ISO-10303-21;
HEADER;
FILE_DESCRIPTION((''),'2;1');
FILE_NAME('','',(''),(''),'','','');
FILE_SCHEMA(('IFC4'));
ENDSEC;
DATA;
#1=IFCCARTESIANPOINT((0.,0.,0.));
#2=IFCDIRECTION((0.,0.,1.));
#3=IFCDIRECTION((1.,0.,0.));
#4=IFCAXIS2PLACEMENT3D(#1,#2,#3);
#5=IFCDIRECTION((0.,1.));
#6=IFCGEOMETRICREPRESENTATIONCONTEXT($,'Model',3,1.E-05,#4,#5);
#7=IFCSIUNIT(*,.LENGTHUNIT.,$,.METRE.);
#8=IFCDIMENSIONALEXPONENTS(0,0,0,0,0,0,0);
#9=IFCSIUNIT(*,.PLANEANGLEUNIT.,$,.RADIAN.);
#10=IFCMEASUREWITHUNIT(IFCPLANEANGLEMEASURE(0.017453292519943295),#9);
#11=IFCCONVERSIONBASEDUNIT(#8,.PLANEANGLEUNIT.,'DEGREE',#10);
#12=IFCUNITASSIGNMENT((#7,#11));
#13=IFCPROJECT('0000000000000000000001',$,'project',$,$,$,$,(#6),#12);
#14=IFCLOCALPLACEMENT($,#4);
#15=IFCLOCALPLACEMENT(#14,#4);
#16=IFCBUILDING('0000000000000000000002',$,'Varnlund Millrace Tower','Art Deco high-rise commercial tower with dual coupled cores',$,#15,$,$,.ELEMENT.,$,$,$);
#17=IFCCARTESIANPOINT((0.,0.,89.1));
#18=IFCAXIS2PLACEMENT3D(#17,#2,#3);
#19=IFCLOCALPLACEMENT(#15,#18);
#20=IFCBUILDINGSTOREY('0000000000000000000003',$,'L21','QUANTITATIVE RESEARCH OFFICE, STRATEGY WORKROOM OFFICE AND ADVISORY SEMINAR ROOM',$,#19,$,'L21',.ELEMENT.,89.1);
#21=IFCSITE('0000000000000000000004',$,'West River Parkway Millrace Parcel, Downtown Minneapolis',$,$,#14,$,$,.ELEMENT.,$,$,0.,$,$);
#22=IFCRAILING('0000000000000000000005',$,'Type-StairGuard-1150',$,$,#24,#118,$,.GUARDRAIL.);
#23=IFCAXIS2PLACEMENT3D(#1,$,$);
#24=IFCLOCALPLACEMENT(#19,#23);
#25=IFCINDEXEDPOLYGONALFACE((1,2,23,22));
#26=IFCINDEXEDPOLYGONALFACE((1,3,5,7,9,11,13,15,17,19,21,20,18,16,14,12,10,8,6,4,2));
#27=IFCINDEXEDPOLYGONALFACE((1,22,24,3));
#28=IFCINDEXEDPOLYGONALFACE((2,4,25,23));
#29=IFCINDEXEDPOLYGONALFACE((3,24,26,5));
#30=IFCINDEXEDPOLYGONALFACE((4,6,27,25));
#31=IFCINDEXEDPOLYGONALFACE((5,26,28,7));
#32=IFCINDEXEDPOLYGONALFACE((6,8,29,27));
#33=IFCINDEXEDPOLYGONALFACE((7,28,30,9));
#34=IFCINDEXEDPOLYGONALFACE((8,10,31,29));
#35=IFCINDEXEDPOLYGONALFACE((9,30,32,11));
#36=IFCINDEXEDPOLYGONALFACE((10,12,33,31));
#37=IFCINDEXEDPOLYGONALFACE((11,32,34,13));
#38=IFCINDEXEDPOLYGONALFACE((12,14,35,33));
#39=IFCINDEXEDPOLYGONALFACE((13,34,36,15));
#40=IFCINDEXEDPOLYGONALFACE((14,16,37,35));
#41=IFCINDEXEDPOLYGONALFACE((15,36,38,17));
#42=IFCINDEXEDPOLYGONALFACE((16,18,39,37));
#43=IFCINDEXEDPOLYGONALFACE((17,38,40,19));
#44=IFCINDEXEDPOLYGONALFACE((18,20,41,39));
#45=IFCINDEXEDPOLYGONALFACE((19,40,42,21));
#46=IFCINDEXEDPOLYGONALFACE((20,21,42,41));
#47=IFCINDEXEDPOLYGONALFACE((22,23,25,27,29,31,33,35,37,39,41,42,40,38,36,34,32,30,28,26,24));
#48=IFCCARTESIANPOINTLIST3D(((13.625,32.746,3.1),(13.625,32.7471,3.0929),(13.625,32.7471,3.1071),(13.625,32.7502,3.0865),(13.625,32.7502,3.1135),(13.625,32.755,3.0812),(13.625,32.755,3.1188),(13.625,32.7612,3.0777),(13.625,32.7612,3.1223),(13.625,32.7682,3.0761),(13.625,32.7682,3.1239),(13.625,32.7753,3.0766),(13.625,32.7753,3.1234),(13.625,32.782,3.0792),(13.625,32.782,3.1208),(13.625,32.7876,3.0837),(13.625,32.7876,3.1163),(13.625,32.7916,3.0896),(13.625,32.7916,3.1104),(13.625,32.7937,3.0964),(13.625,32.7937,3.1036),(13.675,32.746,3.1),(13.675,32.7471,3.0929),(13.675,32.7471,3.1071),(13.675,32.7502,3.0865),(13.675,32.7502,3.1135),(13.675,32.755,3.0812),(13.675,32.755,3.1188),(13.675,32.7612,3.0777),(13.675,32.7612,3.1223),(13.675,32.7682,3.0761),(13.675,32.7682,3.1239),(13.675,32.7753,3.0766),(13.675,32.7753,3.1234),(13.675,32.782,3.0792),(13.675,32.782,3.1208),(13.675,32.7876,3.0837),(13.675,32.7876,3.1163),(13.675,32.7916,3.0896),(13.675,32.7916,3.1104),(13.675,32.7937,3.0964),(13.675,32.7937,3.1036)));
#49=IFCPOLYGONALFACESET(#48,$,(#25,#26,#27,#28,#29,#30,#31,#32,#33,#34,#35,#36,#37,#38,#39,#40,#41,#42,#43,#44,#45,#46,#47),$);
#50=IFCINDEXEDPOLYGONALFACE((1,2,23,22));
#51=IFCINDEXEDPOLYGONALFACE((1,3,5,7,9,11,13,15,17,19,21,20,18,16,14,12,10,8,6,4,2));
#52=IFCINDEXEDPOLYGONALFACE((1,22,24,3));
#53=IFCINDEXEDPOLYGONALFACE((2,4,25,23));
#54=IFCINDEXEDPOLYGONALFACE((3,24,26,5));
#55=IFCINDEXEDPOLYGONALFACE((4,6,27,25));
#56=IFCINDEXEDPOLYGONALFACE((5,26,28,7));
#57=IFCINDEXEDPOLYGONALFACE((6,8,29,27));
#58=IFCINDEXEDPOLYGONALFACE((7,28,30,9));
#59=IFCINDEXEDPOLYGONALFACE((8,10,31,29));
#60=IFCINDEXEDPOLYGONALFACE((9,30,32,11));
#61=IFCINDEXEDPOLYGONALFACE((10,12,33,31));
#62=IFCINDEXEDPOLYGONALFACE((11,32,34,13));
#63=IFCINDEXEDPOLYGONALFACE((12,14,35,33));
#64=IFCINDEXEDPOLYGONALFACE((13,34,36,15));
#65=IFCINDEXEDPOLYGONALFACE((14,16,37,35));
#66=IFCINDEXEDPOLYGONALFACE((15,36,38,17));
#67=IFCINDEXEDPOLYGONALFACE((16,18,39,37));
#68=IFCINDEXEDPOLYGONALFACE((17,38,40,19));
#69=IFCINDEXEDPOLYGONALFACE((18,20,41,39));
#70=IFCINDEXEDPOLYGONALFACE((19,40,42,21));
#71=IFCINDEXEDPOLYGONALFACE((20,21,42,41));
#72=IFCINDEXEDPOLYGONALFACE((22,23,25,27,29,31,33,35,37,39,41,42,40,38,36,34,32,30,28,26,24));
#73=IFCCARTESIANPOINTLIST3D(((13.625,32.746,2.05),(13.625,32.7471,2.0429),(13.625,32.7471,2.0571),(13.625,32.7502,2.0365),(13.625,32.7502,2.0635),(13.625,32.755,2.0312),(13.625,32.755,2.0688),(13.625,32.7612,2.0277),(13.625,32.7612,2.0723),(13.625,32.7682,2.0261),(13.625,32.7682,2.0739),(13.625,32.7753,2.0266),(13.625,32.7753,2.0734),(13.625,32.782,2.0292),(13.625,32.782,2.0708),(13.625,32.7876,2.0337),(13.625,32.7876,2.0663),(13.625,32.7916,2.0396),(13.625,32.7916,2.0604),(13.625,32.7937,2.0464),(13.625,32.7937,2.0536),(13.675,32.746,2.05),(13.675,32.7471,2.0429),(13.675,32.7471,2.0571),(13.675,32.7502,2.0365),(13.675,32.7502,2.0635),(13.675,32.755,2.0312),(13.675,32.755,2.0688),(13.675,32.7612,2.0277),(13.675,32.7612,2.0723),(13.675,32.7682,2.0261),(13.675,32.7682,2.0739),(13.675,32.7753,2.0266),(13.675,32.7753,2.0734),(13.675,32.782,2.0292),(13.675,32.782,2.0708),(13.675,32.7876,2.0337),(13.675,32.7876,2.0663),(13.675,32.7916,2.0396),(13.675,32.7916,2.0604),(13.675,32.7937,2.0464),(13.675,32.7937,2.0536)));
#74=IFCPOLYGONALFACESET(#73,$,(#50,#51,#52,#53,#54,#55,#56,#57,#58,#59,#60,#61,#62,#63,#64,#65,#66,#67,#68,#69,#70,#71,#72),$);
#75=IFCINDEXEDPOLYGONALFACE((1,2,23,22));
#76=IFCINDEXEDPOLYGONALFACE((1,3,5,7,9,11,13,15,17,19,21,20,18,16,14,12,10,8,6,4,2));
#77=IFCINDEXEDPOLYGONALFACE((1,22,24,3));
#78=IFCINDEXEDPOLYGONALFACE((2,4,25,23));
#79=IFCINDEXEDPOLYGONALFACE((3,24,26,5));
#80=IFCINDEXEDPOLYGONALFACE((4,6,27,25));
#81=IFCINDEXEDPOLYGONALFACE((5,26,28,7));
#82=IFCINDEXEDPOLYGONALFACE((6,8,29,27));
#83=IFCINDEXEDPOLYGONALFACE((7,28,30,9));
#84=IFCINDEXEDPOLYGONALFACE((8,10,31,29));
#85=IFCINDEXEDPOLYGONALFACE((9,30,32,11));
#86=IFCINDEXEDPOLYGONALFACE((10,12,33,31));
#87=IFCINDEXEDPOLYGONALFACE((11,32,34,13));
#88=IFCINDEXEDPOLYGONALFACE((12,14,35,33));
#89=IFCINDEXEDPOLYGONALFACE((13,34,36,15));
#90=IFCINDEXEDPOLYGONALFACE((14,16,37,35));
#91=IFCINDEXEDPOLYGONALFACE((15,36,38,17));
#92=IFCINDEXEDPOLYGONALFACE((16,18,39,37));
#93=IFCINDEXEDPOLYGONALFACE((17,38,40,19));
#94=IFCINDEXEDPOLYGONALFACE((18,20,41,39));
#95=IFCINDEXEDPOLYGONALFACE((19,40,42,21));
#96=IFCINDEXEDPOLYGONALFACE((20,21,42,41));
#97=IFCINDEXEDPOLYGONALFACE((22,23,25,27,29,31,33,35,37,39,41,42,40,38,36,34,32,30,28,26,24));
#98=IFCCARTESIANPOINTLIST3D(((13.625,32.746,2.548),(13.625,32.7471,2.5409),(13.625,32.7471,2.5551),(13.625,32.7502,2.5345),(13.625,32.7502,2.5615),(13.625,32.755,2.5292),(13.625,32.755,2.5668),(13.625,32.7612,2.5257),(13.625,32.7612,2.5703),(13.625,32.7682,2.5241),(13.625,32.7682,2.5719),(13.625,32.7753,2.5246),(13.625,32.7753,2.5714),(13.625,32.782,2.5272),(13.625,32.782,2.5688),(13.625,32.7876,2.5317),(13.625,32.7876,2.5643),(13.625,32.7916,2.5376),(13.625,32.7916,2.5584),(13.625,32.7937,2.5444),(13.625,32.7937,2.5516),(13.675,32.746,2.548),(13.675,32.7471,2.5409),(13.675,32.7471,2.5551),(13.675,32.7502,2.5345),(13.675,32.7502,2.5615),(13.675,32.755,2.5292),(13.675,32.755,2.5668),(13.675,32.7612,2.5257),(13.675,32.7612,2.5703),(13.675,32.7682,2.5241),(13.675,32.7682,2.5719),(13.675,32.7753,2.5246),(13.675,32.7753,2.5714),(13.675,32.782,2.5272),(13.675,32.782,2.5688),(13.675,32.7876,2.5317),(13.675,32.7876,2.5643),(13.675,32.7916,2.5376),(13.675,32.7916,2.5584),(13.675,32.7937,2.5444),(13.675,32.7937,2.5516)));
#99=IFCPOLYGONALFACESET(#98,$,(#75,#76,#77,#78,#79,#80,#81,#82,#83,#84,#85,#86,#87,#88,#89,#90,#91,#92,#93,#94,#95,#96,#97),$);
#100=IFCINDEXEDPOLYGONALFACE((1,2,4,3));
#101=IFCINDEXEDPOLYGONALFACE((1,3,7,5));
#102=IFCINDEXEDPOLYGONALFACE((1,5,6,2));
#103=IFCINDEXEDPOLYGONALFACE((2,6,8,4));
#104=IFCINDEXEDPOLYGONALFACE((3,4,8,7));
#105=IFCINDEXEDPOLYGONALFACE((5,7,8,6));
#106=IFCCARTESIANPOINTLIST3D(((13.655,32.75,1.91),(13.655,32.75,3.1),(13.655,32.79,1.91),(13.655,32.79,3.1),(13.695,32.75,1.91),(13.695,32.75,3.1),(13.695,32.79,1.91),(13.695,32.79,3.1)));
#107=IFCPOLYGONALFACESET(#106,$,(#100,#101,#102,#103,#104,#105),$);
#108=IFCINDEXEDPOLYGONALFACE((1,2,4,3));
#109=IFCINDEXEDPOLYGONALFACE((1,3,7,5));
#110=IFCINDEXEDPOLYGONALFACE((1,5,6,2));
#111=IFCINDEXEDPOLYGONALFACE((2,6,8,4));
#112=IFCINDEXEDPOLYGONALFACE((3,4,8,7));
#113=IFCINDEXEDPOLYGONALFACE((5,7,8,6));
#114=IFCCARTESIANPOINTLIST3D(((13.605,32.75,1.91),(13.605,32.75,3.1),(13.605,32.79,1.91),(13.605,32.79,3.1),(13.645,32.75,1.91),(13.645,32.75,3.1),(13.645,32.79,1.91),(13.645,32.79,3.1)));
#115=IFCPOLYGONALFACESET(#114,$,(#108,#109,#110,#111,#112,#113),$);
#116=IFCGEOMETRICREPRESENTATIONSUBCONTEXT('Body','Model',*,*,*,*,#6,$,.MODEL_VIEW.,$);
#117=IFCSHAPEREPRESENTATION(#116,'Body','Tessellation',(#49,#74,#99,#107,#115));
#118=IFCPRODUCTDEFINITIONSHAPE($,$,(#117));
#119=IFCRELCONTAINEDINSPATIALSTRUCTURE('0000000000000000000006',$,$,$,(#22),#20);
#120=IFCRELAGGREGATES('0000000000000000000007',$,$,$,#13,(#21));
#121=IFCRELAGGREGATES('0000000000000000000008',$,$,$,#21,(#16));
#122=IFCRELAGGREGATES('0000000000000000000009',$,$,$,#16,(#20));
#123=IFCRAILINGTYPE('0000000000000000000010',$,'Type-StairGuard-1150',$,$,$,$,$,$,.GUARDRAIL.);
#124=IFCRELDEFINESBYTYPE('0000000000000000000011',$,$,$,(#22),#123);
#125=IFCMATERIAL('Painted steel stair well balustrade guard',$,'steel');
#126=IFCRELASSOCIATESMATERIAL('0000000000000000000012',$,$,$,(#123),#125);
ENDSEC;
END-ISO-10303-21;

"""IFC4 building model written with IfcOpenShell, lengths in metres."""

from ifc_helpers import new_model, entity, si_unit, converted_unit, direction, frame, origin_with_axes, origin_2d_with_axis, place, context, subcontext, project, spatial, rectangle, circle, extrude, material, type_object, element, save


model = new_model("IFC4")

# Units and contexts
model_context = context("Model", 3, precision=1e-05, world=origin_with_axes(), true_north=direction((0.0, 1.0)))
body_context = subcontext(model_context, "Body", "Model", "MODEL_VIEW")
ifc_project = project(units=[si_unit("LENGTHUNIT", "METRE"), converted_unit("PLANEANGLEUNIT", "DEGREE", entity("IfcPlaneAngleMeasure", 0.017453292519943295), si_unit("PLANEANGLEUNIT", "RADIAN"), dimensions=[0, 0, 0, 0, 0, 0, 0])], contexts=[model_context])

# Site, building, storey
site_placement = place(None, origin_with_axes())
site = spatial("IfcSite", under=ifc_project, at=site_placement, Name="West River Parkway Millrace Parcel, Downtown Minneapolis", CompositionType="ELEMENT", RefElevation=0.0)
building_placement = place(site_placement, origin_with_axes())
building = spatial("IfcBuilding", under=site, at=building_placement, Name="Varnlund Millrace Tower", Description="Art Deco high-rise commercial tower with dual coupled cores", CompositionType="ELEMENT")
storey_placement = place(building_placement, frame((0.0, 0.0, 89.1), z_axis=(0.0, 0.0, 1.0), x_axis=(1.0, 0.0, 0.0)))
storey = spatial("IfcBuildingStorey", under=building, at=storey_placement, Name="L21", Description="QUANTITATIVE RESEARCH OFFICE, STRATEGY WORKROOM OFFICE AND ADVISORY SEMINAR ROOM", LongName="L21", CompositionType="ELEMENT", Elevation=89.1)

# Railing
ifc_material_1 = material(Name="Painted steel stair well balustrade guard", Category="steel")
railing_type_1 = type_object("IfcRailingType", Name="Type-StairGuard-1150", PredefinedType="GUARDRAIL", material=ifc_material_1)
railing_1_placement = place(storey_placement, frame((0.0, 0.0, -89.1), z_axis=(0.0, 0.0, 1.0), x_axis=(1.0, 0.0, 0.0)))
element("IfcRailing", 1, at=railing_1_placement, inside=storey, type_object=railing_type_1, Name="Type-StairGuard-1150", PredefinedType="GUARDRAIL", context=body_context, shape_type="SweptSolid", body=[
    extrude(circle(Radius=0.024, at=origin_2d_with_axis()), frame((13.675, 32.77, 92.2), z_axis=(-1.0, 0.0, 0.0), x_axis=(0.0, -1.0, 0.0)), (0.0, 0.0, 1.0), 0.05),
    extrude(circle(Radius=0.024, at=origin_2d_with_axis()), frame((13.675, 32.77, 91.15), z_axis=(-1.0, 0.0, 0.0), x_axis=(0.0, -1.0, 0.0)), (0.0, 0.0, 1.0), 0.05),
    extrude(circle(Radius=0.024, at=origin_2d_with_axis()), frame((13.675, 32.77, 91.648), z_axis=(-1.0, 0.0, 0.0), x_axis=(0.0, -1.0, 0.0)), (0.0, 0.0, 1.0), 0.05),
    extrude(rectangle(XDim=0.04, YDim=0.04, at=origin_2d_with_axis()), frame((13.675, 32.77, 91.01), z_axis=(0.0, 0.0, 1.0), x_axis=(1.0, 0.0, 0.0)), (0.0, 0.0, 1.0), 1.19),
    extrude(rectangle(XDim=0.04, YDim=0.04, at=origin_2d_with_axis()), frame((13.625, 32.77, 91.01), z_axis=(0.0, 0.0, 1.0), x_axis=(1.0, 0.0, 0.0)), (0.0, 0.0, 1.0), 1.19),
])

save(model, "model.ifc")
